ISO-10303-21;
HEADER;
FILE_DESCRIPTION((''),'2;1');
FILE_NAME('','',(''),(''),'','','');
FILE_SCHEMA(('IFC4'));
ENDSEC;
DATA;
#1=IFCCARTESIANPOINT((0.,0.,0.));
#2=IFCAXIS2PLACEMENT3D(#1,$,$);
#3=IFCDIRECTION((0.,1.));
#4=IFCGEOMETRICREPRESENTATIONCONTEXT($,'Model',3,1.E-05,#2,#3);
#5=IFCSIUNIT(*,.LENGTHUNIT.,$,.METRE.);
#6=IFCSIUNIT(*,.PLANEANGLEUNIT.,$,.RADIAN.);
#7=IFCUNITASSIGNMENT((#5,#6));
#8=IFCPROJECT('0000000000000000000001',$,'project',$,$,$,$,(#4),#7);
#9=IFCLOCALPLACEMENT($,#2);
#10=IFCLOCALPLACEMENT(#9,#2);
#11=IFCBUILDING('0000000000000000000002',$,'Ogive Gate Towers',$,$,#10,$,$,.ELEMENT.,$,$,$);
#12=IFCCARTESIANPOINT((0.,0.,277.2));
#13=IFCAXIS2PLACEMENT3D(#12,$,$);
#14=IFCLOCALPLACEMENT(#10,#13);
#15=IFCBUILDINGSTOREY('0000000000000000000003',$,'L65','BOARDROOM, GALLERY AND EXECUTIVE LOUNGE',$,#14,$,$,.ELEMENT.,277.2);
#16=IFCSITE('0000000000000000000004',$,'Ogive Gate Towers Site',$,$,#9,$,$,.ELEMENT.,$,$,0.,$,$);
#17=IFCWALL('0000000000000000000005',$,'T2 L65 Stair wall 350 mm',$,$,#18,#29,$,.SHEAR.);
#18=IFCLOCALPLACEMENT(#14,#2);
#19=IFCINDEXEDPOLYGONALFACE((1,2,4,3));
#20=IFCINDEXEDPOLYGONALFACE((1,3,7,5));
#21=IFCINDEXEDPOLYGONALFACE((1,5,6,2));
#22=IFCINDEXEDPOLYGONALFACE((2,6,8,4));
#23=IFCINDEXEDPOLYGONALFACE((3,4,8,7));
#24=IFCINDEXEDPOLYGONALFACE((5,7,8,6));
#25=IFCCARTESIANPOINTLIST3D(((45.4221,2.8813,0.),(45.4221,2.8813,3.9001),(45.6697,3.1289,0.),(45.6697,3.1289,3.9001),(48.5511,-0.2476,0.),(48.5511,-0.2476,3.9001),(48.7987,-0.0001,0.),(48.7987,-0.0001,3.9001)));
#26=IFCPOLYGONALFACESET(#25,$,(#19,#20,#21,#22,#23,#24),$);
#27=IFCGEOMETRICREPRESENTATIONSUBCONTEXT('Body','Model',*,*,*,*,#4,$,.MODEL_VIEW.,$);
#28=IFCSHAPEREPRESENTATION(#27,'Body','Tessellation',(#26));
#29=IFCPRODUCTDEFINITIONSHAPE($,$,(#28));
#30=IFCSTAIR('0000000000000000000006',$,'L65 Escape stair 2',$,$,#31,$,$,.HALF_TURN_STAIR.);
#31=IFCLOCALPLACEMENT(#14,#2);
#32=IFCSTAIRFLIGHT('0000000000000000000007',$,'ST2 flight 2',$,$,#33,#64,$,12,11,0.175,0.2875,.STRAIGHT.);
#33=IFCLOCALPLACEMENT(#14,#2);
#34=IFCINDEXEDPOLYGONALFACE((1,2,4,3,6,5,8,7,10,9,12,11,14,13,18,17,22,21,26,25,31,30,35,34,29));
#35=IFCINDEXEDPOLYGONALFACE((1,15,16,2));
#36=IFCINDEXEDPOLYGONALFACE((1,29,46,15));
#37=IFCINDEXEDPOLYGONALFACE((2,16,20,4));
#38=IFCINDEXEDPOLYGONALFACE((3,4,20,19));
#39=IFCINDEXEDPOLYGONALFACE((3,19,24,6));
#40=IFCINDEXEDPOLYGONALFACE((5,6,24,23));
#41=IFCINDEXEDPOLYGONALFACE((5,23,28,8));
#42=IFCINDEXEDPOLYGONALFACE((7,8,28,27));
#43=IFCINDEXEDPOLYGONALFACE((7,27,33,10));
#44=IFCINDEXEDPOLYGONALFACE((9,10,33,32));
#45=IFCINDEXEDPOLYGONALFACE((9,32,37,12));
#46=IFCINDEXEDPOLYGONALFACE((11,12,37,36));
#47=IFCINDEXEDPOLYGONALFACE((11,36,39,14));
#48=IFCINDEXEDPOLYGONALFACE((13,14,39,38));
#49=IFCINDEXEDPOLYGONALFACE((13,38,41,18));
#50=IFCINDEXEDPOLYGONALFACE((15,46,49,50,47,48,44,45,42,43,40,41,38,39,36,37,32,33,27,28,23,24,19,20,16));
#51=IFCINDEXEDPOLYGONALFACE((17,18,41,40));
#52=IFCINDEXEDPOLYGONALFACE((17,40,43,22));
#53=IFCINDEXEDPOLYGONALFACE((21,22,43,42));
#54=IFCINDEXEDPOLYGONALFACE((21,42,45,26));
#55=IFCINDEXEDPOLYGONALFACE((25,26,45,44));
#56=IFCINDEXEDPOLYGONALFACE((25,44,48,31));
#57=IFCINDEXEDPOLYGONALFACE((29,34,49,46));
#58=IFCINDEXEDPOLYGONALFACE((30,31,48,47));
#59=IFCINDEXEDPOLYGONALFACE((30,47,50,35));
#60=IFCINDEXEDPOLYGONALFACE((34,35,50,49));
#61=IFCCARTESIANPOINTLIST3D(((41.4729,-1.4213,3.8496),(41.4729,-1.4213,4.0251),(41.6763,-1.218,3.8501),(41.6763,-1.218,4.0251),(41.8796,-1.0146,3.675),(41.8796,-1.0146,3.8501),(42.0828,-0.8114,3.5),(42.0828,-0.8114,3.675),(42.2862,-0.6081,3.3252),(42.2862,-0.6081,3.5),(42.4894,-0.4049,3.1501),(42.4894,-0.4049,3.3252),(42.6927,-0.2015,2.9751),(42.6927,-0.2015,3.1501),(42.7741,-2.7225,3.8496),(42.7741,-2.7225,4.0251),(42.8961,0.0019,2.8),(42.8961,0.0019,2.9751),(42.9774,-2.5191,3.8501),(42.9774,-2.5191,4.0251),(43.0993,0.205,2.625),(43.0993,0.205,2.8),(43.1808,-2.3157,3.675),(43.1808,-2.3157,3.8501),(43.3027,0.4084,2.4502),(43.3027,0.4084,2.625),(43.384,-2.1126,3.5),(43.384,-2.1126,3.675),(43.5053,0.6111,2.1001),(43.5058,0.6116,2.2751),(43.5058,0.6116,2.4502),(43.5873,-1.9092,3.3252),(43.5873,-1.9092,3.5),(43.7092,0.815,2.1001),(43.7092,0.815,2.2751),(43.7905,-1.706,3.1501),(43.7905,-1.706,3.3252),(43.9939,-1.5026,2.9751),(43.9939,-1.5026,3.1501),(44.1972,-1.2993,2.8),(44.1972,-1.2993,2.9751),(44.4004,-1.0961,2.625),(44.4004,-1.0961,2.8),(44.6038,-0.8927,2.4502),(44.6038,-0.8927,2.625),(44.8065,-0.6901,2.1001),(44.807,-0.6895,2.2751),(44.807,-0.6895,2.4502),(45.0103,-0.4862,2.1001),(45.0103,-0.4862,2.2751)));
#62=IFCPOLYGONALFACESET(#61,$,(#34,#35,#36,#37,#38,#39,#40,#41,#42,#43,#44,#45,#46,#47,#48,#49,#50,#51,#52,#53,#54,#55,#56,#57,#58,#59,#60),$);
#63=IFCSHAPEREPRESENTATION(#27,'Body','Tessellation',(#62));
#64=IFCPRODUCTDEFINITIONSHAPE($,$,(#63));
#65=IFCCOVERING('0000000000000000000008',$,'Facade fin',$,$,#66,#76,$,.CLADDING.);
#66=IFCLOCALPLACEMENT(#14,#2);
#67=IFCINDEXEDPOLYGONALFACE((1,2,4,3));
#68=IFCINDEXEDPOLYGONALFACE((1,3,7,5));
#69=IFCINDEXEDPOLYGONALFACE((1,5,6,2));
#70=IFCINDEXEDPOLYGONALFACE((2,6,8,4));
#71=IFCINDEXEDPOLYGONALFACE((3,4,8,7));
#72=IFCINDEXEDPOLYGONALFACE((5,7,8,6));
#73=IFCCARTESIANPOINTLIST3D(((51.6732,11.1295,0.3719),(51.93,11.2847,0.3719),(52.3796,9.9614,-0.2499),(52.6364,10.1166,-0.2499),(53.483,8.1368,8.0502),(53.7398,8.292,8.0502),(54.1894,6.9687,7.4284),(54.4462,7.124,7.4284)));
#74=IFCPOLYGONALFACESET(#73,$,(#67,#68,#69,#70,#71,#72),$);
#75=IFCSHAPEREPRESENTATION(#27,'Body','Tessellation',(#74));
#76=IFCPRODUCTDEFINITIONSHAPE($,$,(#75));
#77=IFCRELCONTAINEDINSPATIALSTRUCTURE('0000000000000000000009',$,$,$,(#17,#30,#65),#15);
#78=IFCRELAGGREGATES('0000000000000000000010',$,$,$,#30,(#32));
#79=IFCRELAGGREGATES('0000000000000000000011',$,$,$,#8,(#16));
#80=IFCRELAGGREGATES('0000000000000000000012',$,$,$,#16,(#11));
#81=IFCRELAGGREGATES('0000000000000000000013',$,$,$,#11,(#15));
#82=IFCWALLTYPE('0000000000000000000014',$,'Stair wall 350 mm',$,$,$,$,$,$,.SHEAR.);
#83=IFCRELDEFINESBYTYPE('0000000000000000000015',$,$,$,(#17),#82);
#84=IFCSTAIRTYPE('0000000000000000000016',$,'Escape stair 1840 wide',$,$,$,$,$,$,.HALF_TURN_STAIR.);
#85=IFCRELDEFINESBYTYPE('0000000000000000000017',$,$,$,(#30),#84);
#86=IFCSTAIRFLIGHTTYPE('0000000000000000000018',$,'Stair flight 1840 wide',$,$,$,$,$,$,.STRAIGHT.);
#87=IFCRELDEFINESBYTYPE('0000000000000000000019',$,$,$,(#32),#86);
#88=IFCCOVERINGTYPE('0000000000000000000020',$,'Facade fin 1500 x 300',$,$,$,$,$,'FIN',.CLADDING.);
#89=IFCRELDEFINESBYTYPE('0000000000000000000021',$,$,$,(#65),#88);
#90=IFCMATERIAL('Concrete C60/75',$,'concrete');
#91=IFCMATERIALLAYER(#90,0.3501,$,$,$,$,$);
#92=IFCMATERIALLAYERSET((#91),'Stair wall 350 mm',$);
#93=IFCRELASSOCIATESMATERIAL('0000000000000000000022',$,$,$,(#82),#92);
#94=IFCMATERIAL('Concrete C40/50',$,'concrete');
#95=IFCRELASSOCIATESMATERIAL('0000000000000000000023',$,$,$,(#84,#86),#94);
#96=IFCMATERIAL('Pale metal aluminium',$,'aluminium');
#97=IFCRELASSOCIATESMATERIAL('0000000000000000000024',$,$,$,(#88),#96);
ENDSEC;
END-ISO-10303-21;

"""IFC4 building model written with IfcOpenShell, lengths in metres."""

from ifc_helpers import new_model, si_unit, direction, frame, frame_2d, origin, origin_2d, place, context, subcontext, project, spatial, polyline, rectangle, outline, extrude, material, layer, layer_set, material_profile, profile_set, type_object, element, aggregate, save


model = new_model("IFC4")

# Units and contexts
model_context = context("Model", 3, precision=1e-05, world=origin(), true_north=direction((0.0, 1.0)))
body_context = subcontext(model_context, "Body", "Model", "MODEL_VIEW")
ifc_project = project(units=[si_unit("LENGTHUNIT", "METRE"), si_unit("PLANEANGLEUNIT", "RADIAN")], contexts=[model_context])

# Site, building, storey
site_placement = place(None, origin())
site = spatial("IfcSite", under=ifc_project, at=site_placement, Name="Ogive Gate Towers Site", CompositionType="ELEMENT", RefElevation=0.0)
building_placement = place(site_placement, origin())
building = spatial("IfcBuilding", under=site, at=building_placement, Name="Ogive Gate Towers", CompositionType="ELEMENT")
storey_placement = place(building_placement, frame((0.0, 0.0, 277.2)))
storey = spatial("IfcBuildingStorey", under=building, at=storey_placement, Name="L65", Description="BOARDROOM, GALLERY AND EXECUTIVE LOUNGE", CompositionType="ELEMENT", Elevation=277.2)

# Shared definitions
ifc_material_1 = material(Name="Pale metal aluminium", Category="aluminium")

# Shared definitions
ifc_material_2 = material(Name="Concrete C60/75", Category="concrete")

# Wall
ifc_layer_1 = layer(ifc_material_2, 0.3501)
ifc_layer_set_1 = layer_set([ifc_layer_1], Name="Stair wall 350 mm")
wall_type_1 = type_object("IfcWallType", Name="Stair wall 350 mm", PredefinedType="SHEAR", material=ifc_layer_set_1)
wall_1_placement = place(storey_placement, frame((48.6748, -0.1238, 0.0), z_axis=(0.0, 0.0, 1.0), x_axis=(-0.707107, 0.707107, 0.0)))
element("IfcWall", 1, at=wall_1_placement, inside=storey, type_object=wall_type_1, Name="T2 L65 Stair wall 350 mm", PredefinedType="SHEAR", context=body_context, shape_type="SweptSolid", body=[
    extrude(rectangle(XDim=4.425, YDim=0.3501, at=frame_2d((2.2124, 0.0))), origin(), (0.0, 0.0, 1.0), 3.9001),
])

# Stair, stair flight
ifc_material_3 = material(Name="Concrete C40/50", Category="concrete")
stair_type = type_object("IfcStairType", Name="Escape stair 1840 wide", PredefinedType="HALF_TURN_STAIR", material=ifc_material_3)
stair_placement = place(storey_placement, origin())
stair = element("IfcStair", 2, at=stair_placement, inside=storey, type_object=stair_type, Name="L65 Escape stair 2", PredefinedType="HALF_TURN_STAIR")
stair_flight_type = type_object("IfcStairFlightType", Name="Stair flight 1840 wide", PredefinedType="STRAIGHT", material=ifc_material_3)
stair_flight_placement = place(storey_placement, frame((44.3599, 0.1643, 2.1001), z_axis=(0.0, 0.0, 1.0), x_axis=(-0.707107, -0.707107, 0.0)))
stair_flight = element("IfcStairFlight", 3, at=stair_flight_placement, type_object=stair_flight_type, Name="ST2 flight 2", NumberOfRisers=12, NumberOfTreads=11, PredefinedType="STRAIGHT", RiserHeight=0.175, TreadLength=0.2875, context=body_context, shape_type="SweptSolid", body=[
    extrude(outline(polyline([(0.0, 0.0), (0.0, 0.175), (0.2876, 0.175), (0.2876, 0.3501), (0.575, 0.3501), (0.575, 0.5249), (0.8625, 0.5249), (0.8625, 0.7), (1.1499, 0.7), (1.1499, 0.875), (1.4375, 0.875), (1.4375, 1.05), (1.7251, 1.05), (1.7251, 1.2251), (2.0125, 1.2251), (2.0125, 1.3999), (2.3, 1.3999), (2.3, 1.575), (2.5874, 1.575), (2.5874, 1.75), (2.875, 1.75), (2.875, 1.925), (3.1626, 1.925), (3.1626, 2.1001), (3.1626, 1.7495), (0.2883, 0.0), (0.0, 0.0)])), frame((0.0, 0.9199, 0.0), z_axis=(0.0, -1.0, 0.0), x_axis=(1.0, 0.0, 0.0)), (0.0, 0.0, 1.0), 1.8401),
])
aggregate(stair, [stair_flight])

# Covering
ifc_material_profile_1 = material_profile(ifc_material_1, rectangle(XDim=0.3, YDim=1.5, at=origin_2d()), Name="1500 x 300 pale metal aluminium")
ifc_profile_set_1 = profile_set([ifc_material_profile_1], Name="Pale metal aluminium")
covering_type = type_object("IfcCoveringType", Name="Facade fin 1500 x 300", ElementType="FIN", PredefinedType="CLADDING", material=ifc_profile_set_1)
covering_placement = place(storey_placement, frame((52.1548, 10.623, 0.061), z_axis=(0.214504, -0.354699, 0.910042), x_axis=(0.855695, 0.51748, 0.0)))
element("IfcCovering", 4, at=covering_placement, inside=storey, type_object=covering_type, Name="Facade fin", PredefinedType="CLADDING", context=body_context, shape_type="SweptSolid", body=[
    extrude(rectangle(XDim=0.3, YDim=1.5, at=origin_2d()), origin(), (0.0, 0.0, 1.0), 8.4373),
])

save(model, "model.ifc")
